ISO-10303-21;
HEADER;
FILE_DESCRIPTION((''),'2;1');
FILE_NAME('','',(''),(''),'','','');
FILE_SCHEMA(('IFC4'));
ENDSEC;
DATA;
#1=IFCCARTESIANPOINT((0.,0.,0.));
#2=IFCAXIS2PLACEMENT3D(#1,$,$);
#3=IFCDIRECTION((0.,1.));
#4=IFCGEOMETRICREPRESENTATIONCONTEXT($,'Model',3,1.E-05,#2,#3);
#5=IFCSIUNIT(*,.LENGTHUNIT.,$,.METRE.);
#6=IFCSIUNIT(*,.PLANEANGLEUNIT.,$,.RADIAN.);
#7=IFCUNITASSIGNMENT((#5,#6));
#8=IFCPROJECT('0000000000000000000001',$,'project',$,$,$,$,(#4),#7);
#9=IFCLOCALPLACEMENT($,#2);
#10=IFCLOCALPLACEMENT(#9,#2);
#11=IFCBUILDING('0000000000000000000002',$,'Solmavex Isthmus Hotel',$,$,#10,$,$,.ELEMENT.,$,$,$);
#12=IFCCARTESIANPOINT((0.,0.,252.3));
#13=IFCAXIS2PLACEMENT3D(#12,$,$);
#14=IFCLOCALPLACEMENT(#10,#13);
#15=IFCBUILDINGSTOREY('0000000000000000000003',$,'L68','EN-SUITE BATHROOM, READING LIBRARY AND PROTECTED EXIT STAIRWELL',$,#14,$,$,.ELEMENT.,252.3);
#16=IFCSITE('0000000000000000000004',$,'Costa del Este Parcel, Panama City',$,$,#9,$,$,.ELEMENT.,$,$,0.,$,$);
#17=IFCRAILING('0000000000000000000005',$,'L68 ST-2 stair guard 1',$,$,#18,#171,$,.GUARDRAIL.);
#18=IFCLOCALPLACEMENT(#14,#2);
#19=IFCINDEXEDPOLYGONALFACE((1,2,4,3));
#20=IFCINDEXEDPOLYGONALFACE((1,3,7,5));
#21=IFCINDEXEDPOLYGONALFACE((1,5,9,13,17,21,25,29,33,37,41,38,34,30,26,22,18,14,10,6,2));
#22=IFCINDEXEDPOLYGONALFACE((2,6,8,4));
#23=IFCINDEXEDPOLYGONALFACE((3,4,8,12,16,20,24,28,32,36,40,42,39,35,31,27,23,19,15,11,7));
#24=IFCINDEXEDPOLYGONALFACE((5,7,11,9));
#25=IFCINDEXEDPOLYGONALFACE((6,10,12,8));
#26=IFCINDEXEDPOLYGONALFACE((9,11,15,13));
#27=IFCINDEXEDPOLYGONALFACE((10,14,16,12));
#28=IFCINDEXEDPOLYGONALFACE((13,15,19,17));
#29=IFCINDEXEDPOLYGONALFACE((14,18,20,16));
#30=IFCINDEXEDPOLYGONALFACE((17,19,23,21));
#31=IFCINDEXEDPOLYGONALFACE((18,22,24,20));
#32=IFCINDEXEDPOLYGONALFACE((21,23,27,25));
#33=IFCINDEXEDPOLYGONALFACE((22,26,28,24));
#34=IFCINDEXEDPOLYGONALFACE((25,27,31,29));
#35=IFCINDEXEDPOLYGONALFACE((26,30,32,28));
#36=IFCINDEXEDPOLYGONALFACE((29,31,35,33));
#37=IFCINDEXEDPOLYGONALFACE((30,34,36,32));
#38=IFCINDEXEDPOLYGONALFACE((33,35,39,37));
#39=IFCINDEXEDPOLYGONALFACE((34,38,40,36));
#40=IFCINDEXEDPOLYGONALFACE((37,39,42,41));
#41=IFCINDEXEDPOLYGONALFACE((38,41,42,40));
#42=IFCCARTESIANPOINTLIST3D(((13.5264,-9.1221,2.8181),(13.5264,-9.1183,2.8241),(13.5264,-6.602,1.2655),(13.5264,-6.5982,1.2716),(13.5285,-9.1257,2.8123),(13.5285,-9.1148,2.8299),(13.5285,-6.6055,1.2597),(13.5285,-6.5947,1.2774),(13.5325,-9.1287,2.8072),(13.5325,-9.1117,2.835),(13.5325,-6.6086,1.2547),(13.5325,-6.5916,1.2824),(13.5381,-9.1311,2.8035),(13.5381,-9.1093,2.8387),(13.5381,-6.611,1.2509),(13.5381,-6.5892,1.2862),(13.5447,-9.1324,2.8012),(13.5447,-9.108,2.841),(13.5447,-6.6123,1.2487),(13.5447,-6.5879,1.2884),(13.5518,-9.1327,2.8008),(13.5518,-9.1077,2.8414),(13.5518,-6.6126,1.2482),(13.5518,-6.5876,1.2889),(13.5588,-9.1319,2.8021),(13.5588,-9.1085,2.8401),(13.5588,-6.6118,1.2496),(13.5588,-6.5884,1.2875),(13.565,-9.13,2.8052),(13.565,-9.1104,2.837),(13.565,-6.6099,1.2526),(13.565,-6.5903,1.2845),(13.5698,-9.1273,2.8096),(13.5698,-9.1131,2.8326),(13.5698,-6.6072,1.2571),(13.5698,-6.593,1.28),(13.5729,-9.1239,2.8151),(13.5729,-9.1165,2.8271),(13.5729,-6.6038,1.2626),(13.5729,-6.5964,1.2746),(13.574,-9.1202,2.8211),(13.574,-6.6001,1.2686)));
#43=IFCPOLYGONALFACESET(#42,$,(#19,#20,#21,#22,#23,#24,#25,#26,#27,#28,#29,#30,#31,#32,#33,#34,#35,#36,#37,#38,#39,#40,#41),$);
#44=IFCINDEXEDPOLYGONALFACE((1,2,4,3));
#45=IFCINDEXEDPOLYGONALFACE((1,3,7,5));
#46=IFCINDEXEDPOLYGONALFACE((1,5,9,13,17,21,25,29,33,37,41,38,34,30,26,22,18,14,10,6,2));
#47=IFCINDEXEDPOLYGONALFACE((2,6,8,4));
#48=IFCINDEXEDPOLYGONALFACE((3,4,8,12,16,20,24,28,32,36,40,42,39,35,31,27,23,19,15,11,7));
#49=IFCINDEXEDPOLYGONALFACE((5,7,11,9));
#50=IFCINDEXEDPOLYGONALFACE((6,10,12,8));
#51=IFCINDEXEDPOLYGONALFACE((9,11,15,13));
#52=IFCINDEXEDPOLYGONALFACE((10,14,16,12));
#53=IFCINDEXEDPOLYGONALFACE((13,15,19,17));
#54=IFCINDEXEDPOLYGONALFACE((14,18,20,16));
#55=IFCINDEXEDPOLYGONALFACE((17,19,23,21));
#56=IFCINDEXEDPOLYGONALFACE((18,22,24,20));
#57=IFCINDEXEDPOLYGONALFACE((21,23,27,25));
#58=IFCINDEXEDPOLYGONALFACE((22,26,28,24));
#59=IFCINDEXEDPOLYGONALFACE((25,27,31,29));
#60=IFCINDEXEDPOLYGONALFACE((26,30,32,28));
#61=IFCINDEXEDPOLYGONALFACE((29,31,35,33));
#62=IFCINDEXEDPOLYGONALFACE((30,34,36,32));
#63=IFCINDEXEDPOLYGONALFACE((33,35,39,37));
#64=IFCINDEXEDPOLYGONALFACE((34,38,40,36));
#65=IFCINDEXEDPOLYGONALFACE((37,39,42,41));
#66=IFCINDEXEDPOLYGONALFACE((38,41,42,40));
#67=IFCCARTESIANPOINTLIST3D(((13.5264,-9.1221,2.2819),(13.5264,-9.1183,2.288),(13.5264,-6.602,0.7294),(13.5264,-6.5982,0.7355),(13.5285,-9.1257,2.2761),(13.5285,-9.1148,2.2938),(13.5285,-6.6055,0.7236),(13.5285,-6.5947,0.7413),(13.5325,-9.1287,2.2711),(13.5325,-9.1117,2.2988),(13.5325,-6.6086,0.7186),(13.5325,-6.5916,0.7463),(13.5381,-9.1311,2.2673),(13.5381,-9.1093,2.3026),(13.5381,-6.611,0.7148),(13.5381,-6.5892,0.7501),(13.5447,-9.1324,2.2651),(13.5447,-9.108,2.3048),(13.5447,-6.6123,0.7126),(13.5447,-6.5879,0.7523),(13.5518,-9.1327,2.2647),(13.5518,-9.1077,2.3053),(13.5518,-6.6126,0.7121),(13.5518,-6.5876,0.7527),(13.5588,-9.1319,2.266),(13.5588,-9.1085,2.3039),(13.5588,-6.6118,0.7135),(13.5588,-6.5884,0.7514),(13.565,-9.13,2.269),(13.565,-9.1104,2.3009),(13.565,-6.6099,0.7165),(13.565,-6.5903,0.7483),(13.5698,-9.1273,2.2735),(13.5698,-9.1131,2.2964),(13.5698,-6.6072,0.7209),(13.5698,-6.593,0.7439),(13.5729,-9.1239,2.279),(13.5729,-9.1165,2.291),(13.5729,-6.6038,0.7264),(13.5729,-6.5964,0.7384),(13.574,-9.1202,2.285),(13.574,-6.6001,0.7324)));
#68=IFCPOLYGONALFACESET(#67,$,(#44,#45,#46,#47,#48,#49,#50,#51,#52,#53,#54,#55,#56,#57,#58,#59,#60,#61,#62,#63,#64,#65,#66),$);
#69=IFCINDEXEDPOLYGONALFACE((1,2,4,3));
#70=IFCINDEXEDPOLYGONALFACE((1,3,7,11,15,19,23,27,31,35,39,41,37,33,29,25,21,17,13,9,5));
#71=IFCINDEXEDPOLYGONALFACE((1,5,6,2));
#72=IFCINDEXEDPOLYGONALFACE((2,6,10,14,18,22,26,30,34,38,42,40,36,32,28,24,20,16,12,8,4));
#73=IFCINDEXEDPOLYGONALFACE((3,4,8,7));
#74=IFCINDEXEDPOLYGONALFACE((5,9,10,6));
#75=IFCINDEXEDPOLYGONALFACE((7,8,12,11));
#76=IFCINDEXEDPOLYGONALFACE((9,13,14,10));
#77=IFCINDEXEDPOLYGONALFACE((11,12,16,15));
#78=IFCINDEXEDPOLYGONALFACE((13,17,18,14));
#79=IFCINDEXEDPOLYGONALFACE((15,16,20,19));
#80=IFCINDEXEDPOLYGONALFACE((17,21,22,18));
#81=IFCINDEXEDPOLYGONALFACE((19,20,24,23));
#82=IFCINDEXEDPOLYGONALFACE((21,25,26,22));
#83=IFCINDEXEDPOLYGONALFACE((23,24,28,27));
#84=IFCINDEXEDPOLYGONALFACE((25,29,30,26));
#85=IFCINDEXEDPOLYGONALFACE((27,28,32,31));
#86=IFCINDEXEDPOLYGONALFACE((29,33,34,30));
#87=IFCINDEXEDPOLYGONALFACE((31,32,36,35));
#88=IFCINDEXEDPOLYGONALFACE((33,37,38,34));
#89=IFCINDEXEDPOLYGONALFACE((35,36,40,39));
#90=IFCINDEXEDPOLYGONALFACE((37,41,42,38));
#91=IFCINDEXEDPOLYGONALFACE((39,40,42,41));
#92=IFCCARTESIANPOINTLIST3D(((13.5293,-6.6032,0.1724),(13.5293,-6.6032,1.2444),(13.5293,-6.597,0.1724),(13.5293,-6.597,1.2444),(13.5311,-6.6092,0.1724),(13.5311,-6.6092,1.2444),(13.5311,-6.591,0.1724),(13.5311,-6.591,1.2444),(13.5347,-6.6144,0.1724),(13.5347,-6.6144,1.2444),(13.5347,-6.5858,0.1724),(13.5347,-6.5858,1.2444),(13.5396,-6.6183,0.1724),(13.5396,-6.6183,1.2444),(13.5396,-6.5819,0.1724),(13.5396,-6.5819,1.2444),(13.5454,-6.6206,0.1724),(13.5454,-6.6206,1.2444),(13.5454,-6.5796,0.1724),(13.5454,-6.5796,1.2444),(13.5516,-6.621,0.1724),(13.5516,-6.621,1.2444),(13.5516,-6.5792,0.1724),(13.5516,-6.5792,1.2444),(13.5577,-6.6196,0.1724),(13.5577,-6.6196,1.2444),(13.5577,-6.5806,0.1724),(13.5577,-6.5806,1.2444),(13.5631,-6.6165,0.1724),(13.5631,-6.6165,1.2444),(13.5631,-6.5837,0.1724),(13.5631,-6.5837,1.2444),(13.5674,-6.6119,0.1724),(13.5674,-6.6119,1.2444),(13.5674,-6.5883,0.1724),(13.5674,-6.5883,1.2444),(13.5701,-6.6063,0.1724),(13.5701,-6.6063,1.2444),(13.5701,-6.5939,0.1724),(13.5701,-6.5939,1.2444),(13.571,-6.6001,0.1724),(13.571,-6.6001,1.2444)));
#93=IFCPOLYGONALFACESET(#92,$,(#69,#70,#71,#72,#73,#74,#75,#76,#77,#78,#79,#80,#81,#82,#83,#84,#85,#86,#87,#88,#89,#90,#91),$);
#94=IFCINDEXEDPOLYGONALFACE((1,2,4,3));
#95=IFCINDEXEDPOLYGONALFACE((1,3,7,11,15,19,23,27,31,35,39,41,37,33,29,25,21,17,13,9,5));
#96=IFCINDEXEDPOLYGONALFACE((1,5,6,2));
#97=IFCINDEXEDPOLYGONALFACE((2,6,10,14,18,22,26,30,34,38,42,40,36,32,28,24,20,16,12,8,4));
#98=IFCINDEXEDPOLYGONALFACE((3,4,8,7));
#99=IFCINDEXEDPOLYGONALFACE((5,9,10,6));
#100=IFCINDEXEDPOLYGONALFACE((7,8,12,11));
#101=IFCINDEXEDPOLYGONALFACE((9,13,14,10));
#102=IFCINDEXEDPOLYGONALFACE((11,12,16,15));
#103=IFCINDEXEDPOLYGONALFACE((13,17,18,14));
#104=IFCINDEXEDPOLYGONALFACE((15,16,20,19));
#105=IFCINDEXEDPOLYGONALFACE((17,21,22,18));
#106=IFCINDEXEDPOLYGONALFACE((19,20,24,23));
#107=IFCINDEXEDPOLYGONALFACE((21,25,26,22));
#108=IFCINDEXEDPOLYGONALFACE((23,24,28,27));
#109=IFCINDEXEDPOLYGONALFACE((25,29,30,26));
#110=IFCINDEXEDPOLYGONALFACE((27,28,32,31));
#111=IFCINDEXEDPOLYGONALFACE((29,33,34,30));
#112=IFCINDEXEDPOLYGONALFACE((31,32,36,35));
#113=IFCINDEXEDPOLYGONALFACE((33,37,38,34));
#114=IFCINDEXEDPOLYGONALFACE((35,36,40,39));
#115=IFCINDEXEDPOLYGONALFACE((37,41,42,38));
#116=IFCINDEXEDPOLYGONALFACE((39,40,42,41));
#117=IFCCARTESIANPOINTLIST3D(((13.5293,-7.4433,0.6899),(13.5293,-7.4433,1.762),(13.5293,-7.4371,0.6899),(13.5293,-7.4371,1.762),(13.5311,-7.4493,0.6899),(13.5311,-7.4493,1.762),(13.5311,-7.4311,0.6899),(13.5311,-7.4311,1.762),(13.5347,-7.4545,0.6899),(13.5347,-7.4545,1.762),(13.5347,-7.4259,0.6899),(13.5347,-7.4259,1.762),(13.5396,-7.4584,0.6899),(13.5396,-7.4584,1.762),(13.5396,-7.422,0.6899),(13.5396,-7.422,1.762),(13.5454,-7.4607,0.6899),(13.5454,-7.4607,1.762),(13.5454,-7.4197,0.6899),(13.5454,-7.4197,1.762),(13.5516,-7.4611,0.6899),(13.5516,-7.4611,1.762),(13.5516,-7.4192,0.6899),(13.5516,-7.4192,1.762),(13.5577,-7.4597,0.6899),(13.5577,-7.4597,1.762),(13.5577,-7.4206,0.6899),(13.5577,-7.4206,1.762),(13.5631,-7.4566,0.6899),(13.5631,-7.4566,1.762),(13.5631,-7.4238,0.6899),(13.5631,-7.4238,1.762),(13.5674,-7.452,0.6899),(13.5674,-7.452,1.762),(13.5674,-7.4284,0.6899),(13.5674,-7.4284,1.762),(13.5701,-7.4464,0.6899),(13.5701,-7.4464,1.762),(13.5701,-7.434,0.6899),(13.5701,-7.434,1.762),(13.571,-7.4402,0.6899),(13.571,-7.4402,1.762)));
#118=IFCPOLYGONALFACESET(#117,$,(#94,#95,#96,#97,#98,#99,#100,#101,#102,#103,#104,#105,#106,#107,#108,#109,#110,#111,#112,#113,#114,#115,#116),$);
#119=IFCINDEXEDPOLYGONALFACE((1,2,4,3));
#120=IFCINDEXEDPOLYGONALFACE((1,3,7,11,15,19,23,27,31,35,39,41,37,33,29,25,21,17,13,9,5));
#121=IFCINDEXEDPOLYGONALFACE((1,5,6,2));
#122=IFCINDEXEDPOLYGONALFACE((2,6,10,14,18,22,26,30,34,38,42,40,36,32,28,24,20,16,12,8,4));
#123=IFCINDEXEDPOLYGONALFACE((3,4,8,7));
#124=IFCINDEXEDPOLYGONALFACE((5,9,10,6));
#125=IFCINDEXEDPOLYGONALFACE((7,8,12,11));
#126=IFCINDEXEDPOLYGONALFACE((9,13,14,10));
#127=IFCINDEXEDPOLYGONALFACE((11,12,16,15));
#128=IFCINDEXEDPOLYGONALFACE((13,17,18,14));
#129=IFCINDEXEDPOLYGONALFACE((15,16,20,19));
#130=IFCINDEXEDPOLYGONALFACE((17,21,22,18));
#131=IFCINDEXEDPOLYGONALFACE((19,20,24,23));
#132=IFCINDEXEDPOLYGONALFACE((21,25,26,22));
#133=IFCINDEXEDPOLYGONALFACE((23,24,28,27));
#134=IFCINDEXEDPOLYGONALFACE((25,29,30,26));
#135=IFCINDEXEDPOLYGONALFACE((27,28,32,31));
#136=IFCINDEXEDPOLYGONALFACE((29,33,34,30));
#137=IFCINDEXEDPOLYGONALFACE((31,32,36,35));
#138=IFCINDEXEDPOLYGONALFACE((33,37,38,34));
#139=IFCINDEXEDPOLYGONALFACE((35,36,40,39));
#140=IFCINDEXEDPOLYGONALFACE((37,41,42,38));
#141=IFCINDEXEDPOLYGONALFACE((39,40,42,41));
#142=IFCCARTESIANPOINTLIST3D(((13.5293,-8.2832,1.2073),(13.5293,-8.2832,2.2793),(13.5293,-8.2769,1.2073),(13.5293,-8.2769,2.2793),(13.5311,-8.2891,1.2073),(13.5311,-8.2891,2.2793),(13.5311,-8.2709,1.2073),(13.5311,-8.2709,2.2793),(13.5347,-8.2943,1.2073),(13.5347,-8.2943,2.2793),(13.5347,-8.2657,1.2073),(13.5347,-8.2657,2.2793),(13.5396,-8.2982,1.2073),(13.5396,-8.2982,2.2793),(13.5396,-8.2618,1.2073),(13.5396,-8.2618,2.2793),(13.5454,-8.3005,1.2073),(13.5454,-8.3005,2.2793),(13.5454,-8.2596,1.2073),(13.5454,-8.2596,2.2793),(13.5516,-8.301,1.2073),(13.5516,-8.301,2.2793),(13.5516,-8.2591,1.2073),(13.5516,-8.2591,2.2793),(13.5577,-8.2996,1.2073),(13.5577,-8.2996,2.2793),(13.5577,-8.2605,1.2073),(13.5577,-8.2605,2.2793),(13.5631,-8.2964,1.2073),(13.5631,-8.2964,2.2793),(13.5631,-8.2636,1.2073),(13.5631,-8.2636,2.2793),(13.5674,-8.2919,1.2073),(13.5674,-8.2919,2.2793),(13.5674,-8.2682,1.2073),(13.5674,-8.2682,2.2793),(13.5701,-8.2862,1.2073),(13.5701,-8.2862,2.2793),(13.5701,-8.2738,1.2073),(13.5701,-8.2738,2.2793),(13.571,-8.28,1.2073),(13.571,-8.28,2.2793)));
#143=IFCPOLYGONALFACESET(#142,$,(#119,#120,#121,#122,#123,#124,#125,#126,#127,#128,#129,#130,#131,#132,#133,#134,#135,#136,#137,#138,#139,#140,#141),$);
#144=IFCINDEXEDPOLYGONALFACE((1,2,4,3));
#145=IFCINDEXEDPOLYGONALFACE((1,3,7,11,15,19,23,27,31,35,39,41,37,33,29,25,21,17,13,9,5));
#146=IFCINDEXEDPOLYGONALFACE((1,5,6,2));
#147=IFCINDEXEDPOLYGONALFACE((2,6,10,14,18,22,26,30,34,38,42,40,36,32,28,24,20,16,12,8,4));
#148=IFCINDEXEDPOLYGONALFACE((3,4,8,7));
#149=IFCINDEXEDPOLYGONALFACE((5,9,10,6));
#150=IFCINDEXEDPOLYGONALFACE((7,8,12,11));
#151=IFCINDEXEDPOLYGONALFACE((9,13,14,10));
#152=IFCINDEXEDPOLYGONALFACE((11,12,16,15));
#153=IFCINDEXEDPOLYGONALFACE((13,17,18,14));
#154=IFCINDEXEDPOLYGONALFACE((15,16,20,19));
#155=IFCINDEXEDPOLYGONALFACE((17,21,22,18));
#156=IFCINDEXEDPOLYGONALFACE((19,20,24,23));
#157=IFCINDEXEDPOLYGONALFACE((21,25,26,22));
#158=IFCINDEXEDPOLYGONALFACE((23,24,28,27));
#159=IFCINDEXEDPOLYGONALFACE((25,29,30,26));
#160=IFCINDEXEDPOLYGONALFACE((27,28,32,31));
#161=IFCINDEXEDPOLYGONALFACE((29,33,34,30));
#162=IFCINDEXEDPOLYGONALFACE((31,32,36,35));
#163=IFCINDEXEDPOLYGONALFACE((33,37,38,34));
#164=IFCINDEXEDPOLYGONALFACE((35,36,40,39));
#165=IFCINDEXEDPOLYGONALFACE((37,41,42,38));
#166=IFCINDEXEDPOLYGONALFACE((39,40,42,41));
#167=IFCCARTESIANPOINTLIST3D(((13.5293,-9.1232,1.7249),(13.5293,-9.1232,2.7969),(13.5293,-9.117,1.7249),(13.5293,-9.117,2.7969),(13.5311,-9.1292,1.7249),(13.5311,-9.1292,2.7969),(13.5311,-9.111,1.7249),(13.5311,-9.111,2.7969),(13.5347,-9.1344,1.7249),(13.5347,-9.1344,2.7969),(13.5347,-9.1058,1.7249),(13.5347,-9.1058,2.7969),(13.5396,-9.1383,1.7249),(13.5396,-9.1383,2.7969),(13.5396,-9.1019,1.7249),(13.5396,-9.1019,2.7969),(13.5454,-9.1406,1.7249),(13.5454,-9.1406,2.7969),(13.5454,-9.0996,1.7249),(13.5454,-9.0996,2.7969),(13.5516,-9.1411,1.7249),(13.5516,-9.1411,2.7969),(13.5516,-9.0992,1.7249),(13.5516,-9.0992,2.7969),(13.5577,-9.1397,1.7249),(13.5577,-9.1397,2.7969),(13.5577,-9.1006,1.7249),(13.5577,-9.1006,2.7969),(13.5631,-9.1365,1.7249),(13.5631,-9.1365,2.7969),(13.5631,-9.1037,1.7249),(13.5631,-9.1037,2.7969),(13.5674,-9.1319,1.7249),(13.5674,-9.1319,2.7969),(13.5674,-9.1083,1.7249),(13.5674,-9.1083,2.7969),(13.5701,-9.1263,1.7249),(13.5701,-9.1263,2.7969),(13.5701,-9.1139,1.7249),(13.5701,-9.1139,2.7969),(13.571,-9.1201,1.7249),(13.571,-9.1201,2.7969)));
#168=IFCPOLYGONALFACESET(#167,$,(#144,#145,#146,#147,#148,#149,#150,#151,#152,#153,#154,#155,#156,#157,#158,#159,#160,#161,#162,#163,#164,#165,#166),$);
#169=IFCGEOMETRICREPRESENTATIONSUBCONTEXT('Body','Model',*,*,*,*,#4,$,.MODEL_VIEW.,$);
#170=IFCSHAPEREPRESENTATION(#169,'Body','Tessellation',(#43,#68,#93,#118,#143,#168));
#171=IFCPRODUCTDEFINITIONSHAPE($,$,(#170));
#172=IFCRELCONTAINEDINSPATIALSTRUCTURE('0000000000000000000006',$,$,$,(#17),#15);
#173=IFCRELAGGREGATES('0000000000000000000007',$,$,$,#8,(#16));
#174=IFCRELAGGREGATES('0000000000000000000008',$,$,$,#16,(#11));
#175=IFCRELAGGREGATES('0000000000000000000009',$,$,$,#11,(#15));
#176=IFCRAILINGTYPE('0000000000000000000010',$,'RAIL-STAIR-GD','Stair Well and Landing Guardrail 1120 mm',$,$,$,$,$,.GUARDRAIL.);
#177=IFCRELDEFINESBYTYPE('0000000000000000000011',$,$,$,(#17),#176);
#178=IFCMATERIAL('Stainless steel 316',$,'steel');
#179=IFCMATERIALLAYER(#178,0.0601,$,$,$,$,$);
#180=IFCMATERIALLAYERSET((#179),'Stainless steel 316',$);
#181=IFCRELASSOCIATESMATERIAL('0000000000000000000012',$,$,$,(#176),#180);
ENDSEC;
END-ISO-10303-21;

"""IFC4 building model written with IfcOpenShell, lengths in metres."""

from ifc_helpers import new_model, si_unit, direction, frame, origin, origin_2d, place, context, subcontext, project, spatial, circle, extrude, material, layer, layer_set, type_object, element, save


model = new_model("IFC4")

# Units and contexts
model_context = context("Model", 3, precision=1e-05, world=origin(), true_north=direction((0.0, 1.0)))
body_context = subcontext(model_context, "Body", "Model", "MODEL_VIEW")
ifc_project = project(units=[si_unit("LENGTHUNIT", "METRE"), si_unit("PLANEANGLEUNIT", "RADIAN")], contexts=[model_context])

# Site, building, storey
site_placement = place(None, origin())
site = spatial("IfcSite", under=ifc_project, at=site_placement, Name="Costa del Este Parcel, Panama City", CompositionType="ELEMENT", RefElevation=0.0)
building_placement = place(site_placement, origin())
building = spatial("IfcBuilding", under=site, at=building_placement, Name="Solmavex Isthmus Hotel", CompositionType="ELEMENT")
storey_placement = place(building_placement, frame((0.0, 0.0, 252.3)))
storey = spatial("IfcBuildingStorey", under=building, at=storey_placement, Name="L68", Description="EN-SUITE BATHROOM, READING LIBRARY AND PROTECTED EXIT STAIRWELL", CompositionType="ELEMENT", Elevation=252.3)

# Shared definitions
ifc_material_1 = material(Name="Stainless steel 316", Category="steel")

# Railing
ifc_layer_1 = layer(ifc_material_1, 0.0601)
ifc_layer_set_1 = layer_set([ifc_layer_1], Name="Stainless steel 316")
railing_type_1 = type_object("IfcRailingType", Name="RAIL-STAIR-GD", Description="Stair Well and Landing Guardrail 1120 mm", PredefinedType="GUARDRAIL", material=ifc_layer_set_1)
railing_1_placement = place(storey_placement, frame((13.55, -6.6001, 0.1724)))
element("IfcRailing", 1, at=railing_1_placement, inside=storey, type_object=railing_type_1, Name="L68 ST-2 stair guard 1", PredefinedType="GUARDRAIL", context=body_context, shape_type="SweptSolid", body=[
    extrude(circle(Radius=0.0239, at=origin_2d()), frame((0.0, 0.0, 1.0962), z_axis=(0.0, -0.8514, 0.524516), x_axis=(1.0, 0.0, 0.0)), (0.0, 0.0, 1.0), 2.96),
    extrude(circle(Radius=0.0239, at=origin_2d()), frame((0.0, 0.0, 0.5601), z_axis=(0.0, -0.8514, 0.524516), x_axis=(1.0, 0.0, 0.0)), (0.0, 0.0, 1.0), 2.96),
    extrude(circle(Radius=0.021, at=origin_2d()), origin(), (0.0, 0.0, 1.0), 1.072),
    extrude(circle(Radius=0.021, at=origin_2d()), frame((0.0, -0.8401, 0.5176)), (0.0, 0.0, 1.0), 1.072),
    extrude(circle(Radius=0.021, at=origin_2d()), frame((0.0, -1.6799, 1.0349)), (0.0, 0.0, 1.0), 1.072),
    extrude(circle(Radius=0.021, at=origin_2d()), frame((0.0, -2.52, 1.5525)), (0.0, 0.0, 1.0), 1.072),
])

save(model, "model.ifc")
